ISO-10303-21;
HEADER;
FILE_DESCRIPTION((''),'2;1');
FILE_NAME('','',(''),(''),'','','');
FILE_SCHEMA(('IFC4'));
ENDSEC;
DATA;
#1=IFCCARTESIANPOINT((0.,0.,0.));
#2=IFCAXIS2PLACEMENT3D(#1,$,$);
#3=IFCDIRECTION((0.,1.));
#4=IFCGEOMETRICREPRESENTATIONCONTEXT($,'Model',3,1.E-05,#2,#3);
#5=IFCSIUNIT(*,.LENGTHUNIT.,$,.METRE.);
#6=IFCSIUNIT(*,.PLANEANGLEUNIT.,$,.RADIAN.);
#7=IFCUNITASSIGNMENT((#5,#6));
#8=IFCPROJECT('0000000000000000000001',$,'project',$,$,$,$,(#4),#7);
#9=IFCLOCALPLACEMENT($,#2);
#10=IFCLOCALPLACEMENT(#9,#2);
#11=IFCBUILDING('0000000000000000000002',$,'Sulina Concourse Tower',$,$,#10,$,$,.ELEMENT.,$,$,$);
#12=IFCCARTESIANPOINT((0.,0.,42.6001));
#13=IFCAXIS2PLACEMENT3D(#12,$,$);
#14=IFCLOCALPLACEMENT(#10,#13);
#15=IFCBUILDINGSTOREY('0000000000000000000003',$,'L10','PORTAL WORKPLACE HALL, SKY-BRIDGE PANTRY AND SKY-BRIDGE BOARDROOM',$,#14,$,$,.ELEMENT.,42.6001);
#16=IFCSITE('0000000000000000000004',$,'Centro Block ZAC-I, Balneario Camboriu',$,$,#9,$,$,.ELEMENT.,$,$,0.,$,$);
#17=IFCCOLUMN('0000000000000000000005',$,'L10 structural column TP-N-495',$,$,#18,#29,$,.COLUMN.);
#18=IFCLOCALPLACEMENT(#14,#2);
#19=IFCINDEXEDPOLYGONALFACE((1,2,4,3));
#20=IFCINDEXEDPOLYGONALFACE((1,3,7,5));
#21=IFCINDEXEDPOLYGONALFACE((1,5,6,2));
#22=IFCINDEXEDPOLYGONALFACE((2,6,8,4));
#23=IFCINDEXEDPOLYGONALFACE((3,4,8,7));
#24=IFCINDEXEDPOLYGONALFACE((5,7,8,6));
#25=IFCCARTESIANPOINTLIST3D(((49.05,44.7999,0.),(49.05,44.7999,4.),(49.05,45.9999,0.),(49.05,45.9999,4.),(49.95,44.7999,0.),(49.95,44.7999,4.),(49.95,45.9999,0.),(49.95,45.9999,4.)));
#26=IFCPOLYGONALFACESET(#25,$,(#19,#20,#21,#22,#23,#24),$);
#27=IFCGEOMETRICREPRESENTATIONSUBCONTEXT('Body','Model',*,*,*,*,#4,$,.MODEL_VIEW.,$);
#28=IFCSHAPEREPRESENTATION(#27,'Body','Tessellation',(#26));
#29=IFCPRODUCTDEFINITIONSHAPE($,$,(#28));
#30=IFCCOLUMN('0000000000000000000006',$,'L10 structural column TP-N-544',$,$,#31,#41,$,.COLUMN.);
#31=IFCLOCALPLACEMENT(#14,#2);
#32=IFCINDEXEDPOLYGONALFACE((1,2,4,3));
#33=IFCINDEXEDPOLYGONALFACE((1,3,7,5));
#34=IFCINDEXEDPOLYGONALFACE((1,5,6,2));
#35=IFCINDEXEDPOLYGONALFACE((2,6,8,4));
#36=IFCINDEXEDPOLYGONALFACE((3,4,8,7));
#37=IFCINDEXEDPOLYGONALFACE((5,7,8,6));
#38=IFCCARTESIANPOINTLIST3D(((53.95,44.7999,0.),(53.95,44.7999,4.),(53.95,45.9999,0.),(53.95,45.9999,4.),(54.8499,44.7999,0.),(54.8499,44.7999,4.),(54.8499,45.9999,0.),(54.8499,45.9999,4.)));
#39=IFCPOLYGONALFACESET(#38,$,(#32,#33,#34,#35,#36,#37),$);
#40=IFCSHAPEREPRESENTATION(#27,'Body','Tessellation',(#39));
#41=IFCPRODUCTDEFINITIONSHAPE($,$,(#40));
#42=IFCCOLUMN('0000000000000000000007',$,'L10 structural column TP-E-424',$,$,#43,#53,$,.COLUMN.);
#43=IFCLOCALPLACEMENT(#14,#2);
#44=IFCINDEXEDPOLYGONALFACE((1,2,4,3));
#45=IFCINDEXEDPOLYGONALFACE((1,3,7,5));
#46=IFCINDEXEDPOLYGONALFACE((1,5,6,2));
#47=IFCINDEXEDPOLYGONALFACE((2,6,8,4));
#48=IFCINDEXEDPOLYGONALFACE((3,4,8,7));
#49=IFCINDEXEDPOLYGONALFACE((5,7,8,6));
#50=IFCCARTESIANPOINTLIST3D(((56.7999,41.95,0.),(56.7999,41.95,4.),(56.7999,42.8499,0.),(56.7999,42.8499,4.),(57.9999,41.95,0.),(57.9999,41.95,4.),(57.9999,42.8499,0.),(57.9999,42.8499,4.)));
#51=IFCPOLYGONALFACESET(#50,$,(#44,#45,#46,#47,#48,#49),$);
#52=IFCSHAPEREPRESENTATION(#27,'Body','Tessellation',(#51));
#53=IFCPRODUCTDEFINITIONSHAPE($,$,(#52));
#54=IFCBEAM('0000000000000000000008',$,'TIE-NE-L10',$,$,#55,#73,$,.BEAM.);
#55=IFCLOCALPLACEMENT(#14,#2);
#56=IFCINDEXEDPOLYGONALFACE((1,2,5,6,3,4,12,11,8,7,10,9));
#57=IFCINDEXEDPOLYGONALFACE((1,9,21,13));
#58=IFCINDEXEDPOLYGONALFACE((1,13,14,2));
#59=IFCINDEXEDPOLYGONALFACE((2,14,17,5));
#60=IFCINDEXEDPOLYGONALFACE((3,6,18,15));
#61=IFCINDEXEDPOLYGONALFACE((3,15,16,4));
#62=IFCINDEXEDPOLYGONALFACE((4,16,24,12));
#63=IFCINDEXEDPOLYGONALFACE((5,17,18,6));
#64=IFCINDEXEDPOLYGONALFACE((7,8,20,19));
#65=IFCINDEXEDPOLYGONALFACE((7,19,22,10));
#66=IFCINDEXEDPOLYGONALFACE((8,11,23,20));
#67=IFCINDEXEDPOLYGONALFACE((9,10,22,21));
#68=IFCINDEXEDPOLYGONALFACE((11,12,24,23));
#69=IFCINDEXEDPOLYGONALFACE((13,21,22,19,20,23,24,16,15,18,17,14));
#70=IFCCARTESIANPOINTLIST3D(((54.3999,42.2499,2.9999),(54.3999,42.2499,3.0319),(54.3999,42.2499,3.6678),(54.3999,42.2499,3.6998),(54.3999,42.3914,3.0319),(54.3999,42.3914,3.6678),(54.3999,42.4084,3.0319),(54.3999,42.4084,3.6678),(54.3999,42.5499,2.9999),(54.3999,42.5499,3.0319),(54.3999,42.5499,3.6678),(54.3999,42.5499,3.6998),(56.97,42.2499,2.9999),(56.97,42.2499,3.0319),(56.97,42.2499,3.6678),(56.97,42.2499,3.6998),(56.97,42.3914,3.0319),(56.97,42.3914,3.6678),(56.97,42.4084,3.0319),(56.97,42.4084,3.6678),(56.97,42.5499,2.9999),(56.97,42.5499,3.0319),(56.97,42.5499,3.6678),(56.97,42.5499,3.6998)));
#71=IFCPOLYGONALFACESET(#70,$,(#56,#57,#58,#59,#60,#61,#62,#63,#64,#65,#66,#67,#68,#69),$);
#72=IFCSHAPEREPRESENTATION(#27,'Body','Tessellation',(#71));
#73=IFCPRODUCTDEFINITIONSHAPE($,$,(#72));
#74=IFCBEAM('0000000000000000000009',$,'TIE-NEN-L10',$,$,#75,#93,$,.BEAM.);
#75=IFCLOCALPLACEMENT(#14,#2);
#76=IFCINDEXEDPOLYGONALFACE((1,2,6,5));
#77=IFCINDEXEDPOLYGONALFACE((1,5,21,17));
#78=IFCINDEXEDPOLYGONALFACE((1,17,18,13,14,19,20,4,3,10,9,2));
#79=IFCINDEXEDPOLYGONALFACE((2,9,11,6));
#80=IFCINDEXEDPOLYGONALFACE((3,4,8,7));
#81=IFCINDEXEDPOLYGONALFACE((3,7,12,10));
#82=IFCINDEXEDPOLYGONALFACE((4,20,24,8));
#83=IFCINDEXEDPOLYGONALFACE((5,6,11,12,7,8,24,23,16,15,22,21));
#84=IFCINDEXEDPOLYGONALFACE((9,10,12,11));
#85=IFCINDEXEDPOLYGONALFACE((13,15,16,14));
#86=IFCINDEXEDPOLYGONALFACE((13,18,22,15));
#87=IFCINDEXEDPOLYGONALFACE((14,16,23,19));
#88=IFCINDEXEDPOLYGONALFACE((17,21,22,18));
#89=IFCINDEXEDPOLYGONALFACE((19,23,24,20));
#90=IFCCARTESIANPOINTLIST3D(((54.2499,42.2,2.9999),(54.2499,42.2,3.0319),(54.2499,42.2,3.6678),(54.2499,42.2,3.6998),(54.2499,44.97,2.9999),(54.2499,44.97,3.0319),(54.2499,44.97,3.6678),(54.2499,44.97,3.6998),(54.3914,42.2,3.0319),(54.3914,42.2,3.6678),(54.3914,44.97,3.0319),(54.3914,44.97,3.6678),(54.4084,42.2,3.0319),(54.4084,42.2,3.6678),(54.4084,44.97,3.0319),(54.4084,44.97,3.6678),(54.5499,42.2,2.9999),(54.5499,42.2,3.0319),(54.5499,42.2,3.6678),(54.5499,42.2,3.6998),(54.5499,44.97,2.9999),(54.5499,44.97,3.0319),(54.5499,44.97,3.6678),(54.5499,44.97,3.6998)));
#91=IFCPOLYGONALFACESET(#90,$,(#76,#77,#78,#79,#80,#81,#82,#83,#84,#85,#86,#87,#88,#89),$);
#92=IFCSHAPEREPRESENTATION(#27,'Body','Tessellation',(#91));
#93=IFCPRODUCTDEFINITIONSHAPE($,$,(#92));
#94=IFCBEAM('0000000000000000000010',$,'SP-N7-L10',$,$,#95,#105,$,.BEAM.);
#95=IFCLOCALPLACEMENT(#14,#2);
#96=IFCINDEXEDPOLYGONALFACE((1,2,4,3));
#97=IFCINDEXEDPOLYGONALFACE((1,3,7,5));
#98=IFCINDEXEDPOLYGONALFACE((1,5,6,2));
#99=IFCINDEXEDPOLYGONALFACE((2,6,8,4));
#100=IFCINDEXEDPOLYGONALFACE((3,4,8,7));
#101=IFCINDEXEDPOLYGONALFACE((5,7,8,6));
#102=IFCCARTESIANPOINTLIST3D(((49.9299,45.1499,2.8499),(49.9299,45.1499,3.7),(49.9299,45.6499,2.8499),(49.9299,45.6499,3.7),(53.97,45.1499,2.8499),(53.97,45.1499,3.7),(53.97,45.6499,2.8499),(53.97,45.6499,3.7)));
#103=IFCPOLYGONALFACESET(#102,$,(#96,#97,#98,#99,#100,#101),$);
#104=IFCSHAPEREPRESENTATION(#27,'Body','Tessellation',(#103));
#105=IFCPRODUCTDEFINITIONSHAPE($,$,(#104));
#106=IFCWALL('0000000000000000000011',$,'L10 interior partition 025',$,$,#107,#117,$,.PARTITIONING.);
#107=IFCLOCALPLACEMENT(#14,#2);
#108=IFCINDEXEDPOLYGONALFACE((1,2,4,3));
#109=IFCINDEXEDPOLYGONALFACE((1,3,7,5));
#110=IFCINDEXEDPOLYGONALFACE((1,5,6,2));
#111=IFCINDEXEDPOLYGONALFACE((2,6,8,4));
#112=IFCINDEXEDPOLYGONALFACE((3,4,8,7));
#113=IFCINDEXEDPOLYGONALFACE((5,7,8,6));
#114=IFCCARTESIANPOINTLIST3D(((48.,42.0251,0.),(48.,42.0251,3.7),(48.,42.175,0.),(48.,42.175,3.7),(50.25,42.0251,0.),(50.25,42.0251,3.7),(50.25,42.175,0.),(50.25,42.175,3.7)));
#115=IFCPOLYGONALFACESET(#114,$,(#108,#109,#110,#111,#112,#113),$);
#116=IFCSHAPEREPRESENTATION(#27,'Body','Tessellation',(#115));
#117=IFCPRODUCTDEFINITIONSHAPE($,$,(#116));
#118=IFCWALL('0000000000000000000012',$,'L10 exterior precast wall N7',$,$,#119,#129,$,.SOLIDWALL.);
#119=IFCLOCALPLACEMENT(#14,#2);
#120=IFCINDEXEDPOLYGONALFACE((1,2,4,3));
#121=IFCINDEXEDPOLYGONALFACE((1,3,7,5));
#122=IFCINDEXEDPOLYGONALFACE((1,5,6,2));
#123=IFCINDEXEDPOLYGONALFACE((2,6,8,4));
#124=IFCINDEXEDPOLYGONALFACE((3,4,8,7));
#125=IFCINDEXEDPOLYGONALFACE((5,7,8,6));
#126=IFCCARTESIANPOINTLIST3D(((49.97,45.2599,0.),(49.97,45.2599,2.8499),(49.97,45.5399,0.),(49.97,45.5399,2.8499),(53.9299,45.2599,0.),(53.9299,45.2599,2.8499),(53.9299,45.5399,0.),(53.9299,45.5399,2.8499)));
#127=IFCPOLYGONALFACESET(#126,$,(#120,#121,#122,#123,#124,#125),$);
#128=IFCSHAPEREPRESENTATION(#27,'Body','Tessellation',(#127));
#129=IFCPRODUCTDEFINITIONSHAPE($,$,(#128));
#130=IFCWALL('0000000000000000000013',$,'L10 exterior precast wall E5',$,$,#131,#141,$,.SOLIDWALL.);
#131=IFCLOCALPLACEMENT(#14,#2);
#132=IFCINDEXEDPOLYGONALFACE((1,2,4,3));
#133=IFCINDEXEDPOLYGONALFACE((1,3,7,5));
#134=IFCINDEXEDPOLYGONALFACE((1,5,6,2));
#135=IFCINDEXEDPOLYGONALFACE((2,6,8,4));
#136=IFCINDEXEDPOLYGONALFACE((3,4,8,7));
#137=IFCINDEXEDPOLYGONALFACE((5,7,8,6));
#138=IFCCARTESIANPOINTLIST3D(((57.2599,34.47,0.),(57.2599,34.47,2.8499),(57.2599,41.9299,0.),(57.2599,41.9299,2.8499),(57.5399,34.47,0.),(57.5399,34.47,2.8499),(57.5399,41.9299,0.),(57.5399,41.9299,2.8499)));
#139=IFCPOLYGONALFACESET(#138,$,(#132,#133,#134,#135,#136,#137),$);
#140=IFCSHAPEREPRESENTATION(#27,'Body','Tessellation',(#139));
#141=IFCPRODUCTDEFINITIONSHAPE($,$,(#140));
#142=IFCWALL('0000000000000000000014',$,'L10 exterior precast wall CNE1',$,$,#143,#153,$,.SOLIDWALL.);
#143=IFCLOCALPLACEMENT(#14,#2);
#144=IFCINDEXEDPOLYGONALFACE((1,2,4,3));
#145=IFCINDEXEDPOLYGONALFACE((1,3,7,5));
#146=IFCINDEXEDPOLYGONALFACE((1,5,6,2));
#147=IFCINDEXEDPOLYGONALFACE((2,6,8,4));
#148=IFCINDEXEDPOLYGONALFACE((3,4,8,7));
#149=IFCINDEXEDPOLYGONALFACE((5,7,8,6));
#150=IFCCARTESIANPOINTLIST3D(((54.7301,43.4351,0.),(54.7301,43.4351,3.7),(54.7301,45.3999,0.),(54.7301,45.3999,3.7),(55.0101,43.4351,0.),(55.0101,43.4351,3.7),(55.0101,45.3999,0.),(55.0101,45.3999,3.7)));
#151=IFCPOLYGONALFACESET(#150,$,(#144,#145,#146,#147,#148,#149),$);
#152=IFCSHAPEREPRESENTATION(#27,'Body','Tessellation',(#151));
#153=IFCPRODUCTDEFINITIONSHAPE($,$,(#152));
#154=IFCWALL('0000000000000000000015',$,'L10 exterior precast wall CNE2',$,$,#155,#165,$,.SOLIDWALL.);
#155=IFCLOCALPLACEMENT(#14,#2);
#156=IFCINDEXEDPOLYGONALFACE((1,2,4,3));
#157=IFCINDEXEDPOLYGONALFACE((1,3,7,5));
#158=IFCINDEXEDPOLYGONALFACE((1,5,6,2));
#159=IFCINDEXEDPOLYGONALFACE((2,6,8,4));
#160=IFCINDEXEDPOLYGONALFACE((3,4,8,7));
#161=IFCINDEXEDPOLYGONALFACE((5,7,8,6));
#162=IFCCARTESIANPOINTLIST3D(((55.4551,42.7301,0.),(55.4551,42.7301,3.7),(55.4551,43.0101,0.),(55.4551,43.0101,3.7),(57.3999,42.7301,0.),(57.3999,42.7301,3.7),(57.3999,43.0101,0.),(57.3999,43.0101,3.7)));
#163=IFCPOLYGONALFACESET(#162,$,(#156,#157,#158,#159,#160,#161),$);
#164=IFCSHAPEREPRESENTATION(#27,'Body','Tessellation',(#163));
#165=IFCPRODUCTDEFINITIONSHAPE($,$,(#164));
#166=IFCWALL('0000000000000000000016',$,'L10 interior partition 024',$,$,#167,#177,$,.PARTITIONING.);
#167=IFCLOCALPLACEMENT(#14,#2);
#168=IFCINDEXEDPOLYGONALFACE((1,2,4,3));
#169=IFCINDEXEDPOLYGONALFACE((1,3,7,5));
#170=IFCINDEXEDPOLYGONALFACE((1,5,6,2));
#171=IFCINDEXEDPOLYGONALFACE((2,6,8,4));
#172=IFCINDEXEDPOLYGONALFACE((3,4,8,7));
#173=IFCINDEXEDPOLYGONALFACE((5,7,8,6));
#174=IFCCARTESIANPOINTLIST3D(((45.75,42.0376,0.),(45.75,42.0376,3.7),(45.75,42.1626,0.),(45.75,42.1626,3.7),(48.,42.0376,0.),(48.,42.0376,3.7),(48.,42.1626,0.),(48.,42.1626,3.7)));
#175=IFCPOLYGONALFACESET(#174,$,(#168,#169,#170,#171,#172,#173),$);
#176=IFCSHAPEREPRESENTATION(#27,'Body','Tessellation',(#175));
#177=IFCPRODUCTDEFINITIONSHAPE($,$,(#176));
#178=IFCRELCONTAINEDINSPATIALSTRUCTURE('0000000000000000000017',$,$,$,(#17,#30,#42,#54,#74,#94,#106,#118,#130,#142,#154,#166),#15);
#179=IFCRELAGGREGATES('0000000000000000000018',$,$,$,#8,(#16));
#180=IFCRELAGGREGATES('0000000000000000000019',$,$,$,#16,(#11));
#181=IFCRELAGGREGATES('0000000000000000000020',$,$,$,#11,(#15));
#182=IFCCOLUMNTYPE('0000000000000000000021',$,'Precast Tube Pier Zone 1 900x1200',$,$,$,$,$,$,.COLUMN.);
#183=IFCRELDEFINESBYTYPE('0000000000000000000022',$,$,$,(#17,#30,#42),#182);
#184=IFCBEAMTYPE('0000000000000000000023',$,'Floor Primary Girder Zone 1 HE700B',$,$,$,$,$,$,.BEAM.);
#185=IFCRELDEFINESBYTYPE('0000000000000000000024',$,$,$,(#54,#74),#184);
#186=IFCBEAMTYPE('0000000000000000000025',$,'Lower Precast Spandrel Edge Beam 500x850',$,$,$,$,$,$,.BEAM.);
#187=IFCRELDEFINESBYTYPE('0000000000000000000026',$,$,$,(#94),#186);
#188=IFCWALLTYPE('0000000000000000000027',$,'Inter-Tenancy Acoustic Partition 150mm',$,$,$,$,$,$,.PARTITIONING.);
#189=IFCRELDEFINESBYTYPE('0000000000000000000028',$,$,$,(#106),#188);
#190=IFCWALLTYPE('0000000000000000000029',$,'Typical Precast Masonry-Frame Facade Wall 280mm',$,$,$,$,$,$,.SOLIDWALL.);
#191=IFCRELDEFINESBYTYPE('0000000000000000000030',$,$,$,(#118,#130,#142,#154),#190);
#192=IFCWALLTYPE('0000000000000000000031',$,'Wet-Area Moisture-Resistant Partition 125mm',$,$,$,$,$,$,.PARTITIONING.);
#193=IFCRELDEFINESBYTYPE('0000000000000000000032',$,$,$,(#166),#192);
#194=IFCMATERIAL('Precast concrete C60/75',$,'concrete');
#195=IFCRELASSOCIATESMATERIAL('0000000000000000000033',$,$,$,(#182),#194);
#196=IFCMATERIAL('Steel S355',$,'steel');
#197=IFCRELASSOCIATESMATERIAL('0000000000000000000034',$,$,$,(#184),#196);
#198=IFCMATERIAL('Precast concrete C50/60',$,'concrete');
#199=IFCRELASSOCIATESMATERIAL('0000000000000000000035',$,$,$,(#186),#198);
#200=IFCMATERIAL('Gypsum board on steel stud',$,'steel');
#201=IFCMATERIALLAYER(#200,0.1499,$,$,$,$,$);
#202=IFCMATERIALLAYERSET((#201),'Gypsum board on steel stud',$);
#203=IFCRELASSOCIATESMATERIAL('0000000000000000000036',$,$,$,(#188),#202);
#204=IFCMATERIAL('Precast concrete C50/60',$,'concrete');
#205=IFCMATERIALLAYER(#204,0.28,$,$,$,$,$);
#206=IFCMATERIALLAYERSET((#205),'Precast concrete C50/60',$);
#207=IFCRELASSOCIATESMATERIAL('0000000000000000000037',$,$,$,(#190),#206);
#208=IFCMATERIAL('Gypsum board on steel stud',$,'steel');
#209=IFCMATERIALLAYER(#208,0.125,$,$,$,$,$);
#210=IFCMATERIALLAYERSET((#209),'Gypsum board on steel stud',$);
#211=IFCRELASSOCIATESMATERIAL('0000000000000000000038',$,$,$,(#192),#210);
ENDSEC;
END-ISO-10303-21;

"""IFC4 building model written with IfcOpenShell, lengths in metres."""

from ifc_helpers import new_model, si_unit, direction, frame, frame_2d, origin, origin_2d, place, context, subcontext, project, spatial, rectangle, i_section, extrude, material, layer, layer_set, material_profile, profile_set, type_object, element, save


model = new_model("IFC4")

# Units and contexts
model_context = context("Model", 3, precision=1e-05, world=origin(), true_north=direction((0.0, 1.0)))
body_context = subcontext(model_context, "Body", "Model", "MODEL_VIEW")
ifc_project = project(units=[si_unit("LENGTHUNIT", "METRE"), si_unit("PLANEANGLEUNIT", "RADIAN")], contexts=[model_context])

# Site, building, storey
site_placement = place(None, origin())
site = spatial("IfcSite", under=ifc_project, at=site_placement, Name="Centro Block ZAC-I, Balneario Camboriu", CompositionType="ELEMENT", RefElevation=0.0)
building_placement = place(site_placement, origin())
building = spatial("IfcBuilding", under=site, at=building_placement, Name="Sulina Concourse Tower", CompositionType="ELEMENT")
storey_placement = place(building_placement, frame((0.0, 0.0, 42.6001)))
storey = spatial("IfcBuildingStorey", under=building, at=storey_placement, Name="L10", Description="PORTAL WORKPLACE HALL, SKY-BRIDGE PANTRY AND SKY-BRIDGE BOARDROOM", CompositionType="ELEMENT", Elevation=42.6001)

# Columns
ifc_material_1 = material(Name="Precast concrete C60/75", Category="concrete")
ifc_material_profile_1 = material_profile(ifc_material_1, rectangle(XDim=0.8999, YDim=1.2, at=origin_2d()), Name="PC 900x1200")
ifc_profile_set_1 = profile_set([ifc_material_profile_1], Name="Precast concrete C60/75")
column_type = type_object("IfcColumnType", Name="Precast Tube Pier Zone 1 900x1200", PredefinedType="COLUMN", material=ifc_profile_set_1)
for number, where, z_axis, x_axis, name in (
    (1, (49.5, 45.3999, 0.0), (0.0, 0.0, 1.0), (1.0, 0.0, 0.0), "L10 structural column TP-N-495"),
    (2, (54.3999, 45.3999, 0.0), (0.0, 0.0, 1.0), (1.0, 0.0, 0.0), "L10 structural column TP-N-544"),
    (3, (57.3999, 42.3999, 0.0), (0.0, 0.0, 1.0), (0.0, 1.0, 0.0), "L10 structural column TP-E-424"),
):
    element("IfcColumn", number, at=place(storey_placement, frame(where, z_axis=z_axis, x_axis=x_axis)), inside=storey, type_object=column_type, Name=name, PredefinedType="COLUMN", context=body_context, shape_type="SweptSolid", body=[
        extrude(rectangle(XDim=0.8999, YDim=1.2, at=origin_2d()), origin(), (0.0, 0.0, 1.0), 4.0),
    ])

# Beams
ifc_material_2 = material(Name="Steel S355", Category="steel")
ifc_material_profile_2 = material_profile(ifc_material_2, i_section(OverallWidth=0.3, OverallDepth=0.7, WebThickness=0.0171, FlangeThickness=0.032, at=origin_2d()), Name="HE 700 B")
ifc_profile_set_2 = profile_set([ifc_material_profile_2], Name="Steel S355")
beam_type_1 = type_object("IfcBeamType", Name="Floor Primary Girder Zone 1 HE700B", PredefinedType="BEAM", material=ifc_profile_set_2)
beam_1_placement = place(storey_placement, frame((54.3999, 42.3999, 3.3499), z_axis=(1.0, 0.0, 0.0), x_axis=(0.0, 1.0, 0.0)))
element("IfcBeam", 4, at=beam_1_placement, inside=storey, type_object=beam_type_1, Name="TIE-NE-L10", PredefinedType="BEAM", context=body_context, shape_type="SweptSolid", body=[
    extrude(i_section(OverallWidth=0.3, OverallDepth=0.7, WebThickness=0.0171, FlangeThickness=0.032, at=origin_2d()), origin(), (0.0, 0.0, 1.0), 2.5701),
])
beam_2_placement = place(storey_placement, frame((54.3999, 42.2, 3.3499), z_axis=(0.0, 1.0, 0.0), x_axis=(-1.0, 0.0, 0.0)))
element("IfcBeam", 5, at=beam_2_placement, inside=storey, type_object=beam_type_1, Name="TIE-NEN-L10", PredefinedType="BEAM", context=body_context, shape_type="SweptSolid", body=[
    extrude(i_section(OverallWidth=0.3, OverallDepth=0.7, WebThickness=0.0171, FlangeThickness=0.032, at=origin_2d()), origin(), (0.0, 0.0, 1.0), 2.77),
])
ifc_material_3 = material(Name="Precast concrete C50/60", Category="concrete")
ifc_material_profile_3 = material_profile(ifc_material_3, rectangle(XDim=0.5, YDim=0.8501, at=origin_2d()), Name="RC 500x850")
ifc_profile_set_3 = profile_set([ifc_material_profile_3], Name="Precast concrete C50/60")
beam_type_2 = type_object("IfcBeamType", Name="Lower Precast Spandrel Edge Beam 500x850", PredefinedType="BEAM", material=ifc_profile_set_3)
beam_3_placement = place(storey_placement, frame((49.9299, 45.3999, 3.2749), z_axis=(1.0, 0.0, 0.0), x_axis=(0.0, 1.0, 0.0)))
element("IfcBeam", 6, at=beam_3_placement, inside=storey, type_object=beam_type_2, Name="SP-N7-L10", PredefinedType="BEAM", context=body_context, shape_type="SweptSolid", body=[
    extrude(rectangle(XDim=0.5, YDim=0.8501, at=origin_2d()), origin(), (0.0, 0.0, 1.0), 4.04),
])

# Walls
ifc_material_4 = material(Name="Gypsum board on steel stud", Category="steel")
ifc_layer_1 = layer(ifc_material_4, 0.1499)
ifc_layer_set_1 = layer_set([ifc_layer_1], Name="Gypsum board on steel stud")
wall_type_1 = type_object("IfcWallType", Name="Inter-Tenancy Acoustic Partition 150mm", PredefinedType="PARTITIONING", material=ifc_layer_set_1)
wall_1_placement = place(storey_placement, frame((48.0, 42.1001, 0.0), z_axis=(0.0, 0.0, 1.0), x_axis=(1.0, 0.0, 0.0)))
element("IfcWall", 7, at=wall_1_placement, inside=storey, type_object=wall_type_1, Name="L10 interior partition 025", PredefinedType="PARTITIONING", context=body_context, shape_type="SweptSolid", body=[
    extrude(rectangle(XDim=2.25, YDim=0.1499, at=frame_2d((1.125, 0.0))), origin(), (0.0, 0.0, 1.0), 3.7),
])
ifc_material_5 = material(Name="Precast concrete C50/60", Category="concrete")
ifc_layer_2 = layer(ifc_material_5, 0.28)
ifc_layer_set_2 = layer_set([ifc_layer_2], Name="Precast concrete C50/60")
wall_type_2 = type_object("IfcWallType", Name="Typical Precast Masonry-Frame Facade Wall 280mm", PredefinedType="SOLIDWALL", material=ifc_layer_set_2)
wall_2_placement = place(storey_placement, frame((49.97, 45.3999, 0.0), z_axis=(0.0, 0.0, 1.0), x_axis=(1.0, 0.0, 0.0)))
element("IfcWall", 8, at=wall_2_placement, inside=storey, type_object=wall_type_2, Name="L10 exterior precast wall N7", PredefinedType="SOLIDWALL", context=body_context, shape_type="SweptSolid", body=[
    extrude(rectangle(XDim=3.96, YDim=0.28, at=frame_2d((1.98, 0.0))), origin(), (0.0, 0.0, 1.0), 2.8499),
])
wall_3_placement = place(storey_placement, frame((57.3999, 41.9299, 0.0), z_axis=(0.0, 0.0, 1.0), x_axis=(0.0, -1.0, 0.0)))
element("IfcWall", 9, at=wall_3_placement, inside=storey, type_object=wall_type_2, Name="L10 exterior precast wall E5", PredefinedType="SOLIDWALL", context=body_context, shape_type="SweptSolid", body=[
    extrude(rectangle(XDim=7.46, YDim=0.28, at=frame_2d((3.73, 0.0))), origin(), (0.0, 0.0, 1.0), 2.8499),
])
wall_4_placement = place(storey_placement, frame((54.8701, 45.3999, 0.0), z_axis=(0.0, 0.0, 1.0), x_axis=(0.0, -1.0, 0.0)))
element("IfcWall", 10, at=wall_4_placement, inside=storey, type_object=wall_type_2, Name="L10 exterior precast wall CNE1", PredefinedType="SOLIDWALL", context=body_context, shape_type="SweptSolid", body=[
    extrude(rectangle(XDim=1.9648, YDim=0.28, at=frame_2d((0.9824, 0.0))), origin(), (0.0, 0.0, 1.0), 3.7),
])
wall_5_placement = place(storey_placement, frame((55.4551, 42.8701, 0.0), z_axis=(0.0, 0.0, 1.0), x_axis=(1.0, 0.0, 0.0)))
element("IfcWall", 11, at=wall_5_placement, inside=storey, type_object=wall_type_2, Name="L10 exterior precast wall CNE2", PredefinedType="SOLIDWALL", context=body_context, shape_type="SweptSolid", body=[
    extrude(rectangle(XDim=1.9448, YDim=0.28, at=frame_2d((0.9724, 0.0))), origin(), (0.0, 0.0, 1.0), 3.7),
])
ifc_material_6 = material(Name="Gypsum board on steel stud", Category="steel")
ifc_layer_3 = layer(ifc_material_6, 0.125)
ifc_layer_set_3 = layer_set([ifc_layer_3], Name="Gypsum board on steel stud")
wall_type_3 = type_object("IfcWallType", Name="Wet-Area Moisture-Resistant Partition 125mm", PredefinedType="PARTITIONING", material=ifc_layer_set_3)
wall_6_placement = place(storey_placement, frame((45.75, 42.1001, 0.0), z_axis=(0.0, 0.0, 1.0), x_axis=(1.0, 0.0, 0.0)))
element("IfcWall", 12, at=wall_6_placement, inside=storey, type_object=wall_type_3, Name="L10 interior partition 024", PredefinedType="PARTITIONING", context=body_context, shape_type="SweptSolid", body=[
    extrude(rectangle(XDim=2.25, YDim=0.125, at=frame_2d((1.125, 0.0))), origin(), (0.0, 0.0, 1.0), 3.7),
])

save(model, "model.ifc")
